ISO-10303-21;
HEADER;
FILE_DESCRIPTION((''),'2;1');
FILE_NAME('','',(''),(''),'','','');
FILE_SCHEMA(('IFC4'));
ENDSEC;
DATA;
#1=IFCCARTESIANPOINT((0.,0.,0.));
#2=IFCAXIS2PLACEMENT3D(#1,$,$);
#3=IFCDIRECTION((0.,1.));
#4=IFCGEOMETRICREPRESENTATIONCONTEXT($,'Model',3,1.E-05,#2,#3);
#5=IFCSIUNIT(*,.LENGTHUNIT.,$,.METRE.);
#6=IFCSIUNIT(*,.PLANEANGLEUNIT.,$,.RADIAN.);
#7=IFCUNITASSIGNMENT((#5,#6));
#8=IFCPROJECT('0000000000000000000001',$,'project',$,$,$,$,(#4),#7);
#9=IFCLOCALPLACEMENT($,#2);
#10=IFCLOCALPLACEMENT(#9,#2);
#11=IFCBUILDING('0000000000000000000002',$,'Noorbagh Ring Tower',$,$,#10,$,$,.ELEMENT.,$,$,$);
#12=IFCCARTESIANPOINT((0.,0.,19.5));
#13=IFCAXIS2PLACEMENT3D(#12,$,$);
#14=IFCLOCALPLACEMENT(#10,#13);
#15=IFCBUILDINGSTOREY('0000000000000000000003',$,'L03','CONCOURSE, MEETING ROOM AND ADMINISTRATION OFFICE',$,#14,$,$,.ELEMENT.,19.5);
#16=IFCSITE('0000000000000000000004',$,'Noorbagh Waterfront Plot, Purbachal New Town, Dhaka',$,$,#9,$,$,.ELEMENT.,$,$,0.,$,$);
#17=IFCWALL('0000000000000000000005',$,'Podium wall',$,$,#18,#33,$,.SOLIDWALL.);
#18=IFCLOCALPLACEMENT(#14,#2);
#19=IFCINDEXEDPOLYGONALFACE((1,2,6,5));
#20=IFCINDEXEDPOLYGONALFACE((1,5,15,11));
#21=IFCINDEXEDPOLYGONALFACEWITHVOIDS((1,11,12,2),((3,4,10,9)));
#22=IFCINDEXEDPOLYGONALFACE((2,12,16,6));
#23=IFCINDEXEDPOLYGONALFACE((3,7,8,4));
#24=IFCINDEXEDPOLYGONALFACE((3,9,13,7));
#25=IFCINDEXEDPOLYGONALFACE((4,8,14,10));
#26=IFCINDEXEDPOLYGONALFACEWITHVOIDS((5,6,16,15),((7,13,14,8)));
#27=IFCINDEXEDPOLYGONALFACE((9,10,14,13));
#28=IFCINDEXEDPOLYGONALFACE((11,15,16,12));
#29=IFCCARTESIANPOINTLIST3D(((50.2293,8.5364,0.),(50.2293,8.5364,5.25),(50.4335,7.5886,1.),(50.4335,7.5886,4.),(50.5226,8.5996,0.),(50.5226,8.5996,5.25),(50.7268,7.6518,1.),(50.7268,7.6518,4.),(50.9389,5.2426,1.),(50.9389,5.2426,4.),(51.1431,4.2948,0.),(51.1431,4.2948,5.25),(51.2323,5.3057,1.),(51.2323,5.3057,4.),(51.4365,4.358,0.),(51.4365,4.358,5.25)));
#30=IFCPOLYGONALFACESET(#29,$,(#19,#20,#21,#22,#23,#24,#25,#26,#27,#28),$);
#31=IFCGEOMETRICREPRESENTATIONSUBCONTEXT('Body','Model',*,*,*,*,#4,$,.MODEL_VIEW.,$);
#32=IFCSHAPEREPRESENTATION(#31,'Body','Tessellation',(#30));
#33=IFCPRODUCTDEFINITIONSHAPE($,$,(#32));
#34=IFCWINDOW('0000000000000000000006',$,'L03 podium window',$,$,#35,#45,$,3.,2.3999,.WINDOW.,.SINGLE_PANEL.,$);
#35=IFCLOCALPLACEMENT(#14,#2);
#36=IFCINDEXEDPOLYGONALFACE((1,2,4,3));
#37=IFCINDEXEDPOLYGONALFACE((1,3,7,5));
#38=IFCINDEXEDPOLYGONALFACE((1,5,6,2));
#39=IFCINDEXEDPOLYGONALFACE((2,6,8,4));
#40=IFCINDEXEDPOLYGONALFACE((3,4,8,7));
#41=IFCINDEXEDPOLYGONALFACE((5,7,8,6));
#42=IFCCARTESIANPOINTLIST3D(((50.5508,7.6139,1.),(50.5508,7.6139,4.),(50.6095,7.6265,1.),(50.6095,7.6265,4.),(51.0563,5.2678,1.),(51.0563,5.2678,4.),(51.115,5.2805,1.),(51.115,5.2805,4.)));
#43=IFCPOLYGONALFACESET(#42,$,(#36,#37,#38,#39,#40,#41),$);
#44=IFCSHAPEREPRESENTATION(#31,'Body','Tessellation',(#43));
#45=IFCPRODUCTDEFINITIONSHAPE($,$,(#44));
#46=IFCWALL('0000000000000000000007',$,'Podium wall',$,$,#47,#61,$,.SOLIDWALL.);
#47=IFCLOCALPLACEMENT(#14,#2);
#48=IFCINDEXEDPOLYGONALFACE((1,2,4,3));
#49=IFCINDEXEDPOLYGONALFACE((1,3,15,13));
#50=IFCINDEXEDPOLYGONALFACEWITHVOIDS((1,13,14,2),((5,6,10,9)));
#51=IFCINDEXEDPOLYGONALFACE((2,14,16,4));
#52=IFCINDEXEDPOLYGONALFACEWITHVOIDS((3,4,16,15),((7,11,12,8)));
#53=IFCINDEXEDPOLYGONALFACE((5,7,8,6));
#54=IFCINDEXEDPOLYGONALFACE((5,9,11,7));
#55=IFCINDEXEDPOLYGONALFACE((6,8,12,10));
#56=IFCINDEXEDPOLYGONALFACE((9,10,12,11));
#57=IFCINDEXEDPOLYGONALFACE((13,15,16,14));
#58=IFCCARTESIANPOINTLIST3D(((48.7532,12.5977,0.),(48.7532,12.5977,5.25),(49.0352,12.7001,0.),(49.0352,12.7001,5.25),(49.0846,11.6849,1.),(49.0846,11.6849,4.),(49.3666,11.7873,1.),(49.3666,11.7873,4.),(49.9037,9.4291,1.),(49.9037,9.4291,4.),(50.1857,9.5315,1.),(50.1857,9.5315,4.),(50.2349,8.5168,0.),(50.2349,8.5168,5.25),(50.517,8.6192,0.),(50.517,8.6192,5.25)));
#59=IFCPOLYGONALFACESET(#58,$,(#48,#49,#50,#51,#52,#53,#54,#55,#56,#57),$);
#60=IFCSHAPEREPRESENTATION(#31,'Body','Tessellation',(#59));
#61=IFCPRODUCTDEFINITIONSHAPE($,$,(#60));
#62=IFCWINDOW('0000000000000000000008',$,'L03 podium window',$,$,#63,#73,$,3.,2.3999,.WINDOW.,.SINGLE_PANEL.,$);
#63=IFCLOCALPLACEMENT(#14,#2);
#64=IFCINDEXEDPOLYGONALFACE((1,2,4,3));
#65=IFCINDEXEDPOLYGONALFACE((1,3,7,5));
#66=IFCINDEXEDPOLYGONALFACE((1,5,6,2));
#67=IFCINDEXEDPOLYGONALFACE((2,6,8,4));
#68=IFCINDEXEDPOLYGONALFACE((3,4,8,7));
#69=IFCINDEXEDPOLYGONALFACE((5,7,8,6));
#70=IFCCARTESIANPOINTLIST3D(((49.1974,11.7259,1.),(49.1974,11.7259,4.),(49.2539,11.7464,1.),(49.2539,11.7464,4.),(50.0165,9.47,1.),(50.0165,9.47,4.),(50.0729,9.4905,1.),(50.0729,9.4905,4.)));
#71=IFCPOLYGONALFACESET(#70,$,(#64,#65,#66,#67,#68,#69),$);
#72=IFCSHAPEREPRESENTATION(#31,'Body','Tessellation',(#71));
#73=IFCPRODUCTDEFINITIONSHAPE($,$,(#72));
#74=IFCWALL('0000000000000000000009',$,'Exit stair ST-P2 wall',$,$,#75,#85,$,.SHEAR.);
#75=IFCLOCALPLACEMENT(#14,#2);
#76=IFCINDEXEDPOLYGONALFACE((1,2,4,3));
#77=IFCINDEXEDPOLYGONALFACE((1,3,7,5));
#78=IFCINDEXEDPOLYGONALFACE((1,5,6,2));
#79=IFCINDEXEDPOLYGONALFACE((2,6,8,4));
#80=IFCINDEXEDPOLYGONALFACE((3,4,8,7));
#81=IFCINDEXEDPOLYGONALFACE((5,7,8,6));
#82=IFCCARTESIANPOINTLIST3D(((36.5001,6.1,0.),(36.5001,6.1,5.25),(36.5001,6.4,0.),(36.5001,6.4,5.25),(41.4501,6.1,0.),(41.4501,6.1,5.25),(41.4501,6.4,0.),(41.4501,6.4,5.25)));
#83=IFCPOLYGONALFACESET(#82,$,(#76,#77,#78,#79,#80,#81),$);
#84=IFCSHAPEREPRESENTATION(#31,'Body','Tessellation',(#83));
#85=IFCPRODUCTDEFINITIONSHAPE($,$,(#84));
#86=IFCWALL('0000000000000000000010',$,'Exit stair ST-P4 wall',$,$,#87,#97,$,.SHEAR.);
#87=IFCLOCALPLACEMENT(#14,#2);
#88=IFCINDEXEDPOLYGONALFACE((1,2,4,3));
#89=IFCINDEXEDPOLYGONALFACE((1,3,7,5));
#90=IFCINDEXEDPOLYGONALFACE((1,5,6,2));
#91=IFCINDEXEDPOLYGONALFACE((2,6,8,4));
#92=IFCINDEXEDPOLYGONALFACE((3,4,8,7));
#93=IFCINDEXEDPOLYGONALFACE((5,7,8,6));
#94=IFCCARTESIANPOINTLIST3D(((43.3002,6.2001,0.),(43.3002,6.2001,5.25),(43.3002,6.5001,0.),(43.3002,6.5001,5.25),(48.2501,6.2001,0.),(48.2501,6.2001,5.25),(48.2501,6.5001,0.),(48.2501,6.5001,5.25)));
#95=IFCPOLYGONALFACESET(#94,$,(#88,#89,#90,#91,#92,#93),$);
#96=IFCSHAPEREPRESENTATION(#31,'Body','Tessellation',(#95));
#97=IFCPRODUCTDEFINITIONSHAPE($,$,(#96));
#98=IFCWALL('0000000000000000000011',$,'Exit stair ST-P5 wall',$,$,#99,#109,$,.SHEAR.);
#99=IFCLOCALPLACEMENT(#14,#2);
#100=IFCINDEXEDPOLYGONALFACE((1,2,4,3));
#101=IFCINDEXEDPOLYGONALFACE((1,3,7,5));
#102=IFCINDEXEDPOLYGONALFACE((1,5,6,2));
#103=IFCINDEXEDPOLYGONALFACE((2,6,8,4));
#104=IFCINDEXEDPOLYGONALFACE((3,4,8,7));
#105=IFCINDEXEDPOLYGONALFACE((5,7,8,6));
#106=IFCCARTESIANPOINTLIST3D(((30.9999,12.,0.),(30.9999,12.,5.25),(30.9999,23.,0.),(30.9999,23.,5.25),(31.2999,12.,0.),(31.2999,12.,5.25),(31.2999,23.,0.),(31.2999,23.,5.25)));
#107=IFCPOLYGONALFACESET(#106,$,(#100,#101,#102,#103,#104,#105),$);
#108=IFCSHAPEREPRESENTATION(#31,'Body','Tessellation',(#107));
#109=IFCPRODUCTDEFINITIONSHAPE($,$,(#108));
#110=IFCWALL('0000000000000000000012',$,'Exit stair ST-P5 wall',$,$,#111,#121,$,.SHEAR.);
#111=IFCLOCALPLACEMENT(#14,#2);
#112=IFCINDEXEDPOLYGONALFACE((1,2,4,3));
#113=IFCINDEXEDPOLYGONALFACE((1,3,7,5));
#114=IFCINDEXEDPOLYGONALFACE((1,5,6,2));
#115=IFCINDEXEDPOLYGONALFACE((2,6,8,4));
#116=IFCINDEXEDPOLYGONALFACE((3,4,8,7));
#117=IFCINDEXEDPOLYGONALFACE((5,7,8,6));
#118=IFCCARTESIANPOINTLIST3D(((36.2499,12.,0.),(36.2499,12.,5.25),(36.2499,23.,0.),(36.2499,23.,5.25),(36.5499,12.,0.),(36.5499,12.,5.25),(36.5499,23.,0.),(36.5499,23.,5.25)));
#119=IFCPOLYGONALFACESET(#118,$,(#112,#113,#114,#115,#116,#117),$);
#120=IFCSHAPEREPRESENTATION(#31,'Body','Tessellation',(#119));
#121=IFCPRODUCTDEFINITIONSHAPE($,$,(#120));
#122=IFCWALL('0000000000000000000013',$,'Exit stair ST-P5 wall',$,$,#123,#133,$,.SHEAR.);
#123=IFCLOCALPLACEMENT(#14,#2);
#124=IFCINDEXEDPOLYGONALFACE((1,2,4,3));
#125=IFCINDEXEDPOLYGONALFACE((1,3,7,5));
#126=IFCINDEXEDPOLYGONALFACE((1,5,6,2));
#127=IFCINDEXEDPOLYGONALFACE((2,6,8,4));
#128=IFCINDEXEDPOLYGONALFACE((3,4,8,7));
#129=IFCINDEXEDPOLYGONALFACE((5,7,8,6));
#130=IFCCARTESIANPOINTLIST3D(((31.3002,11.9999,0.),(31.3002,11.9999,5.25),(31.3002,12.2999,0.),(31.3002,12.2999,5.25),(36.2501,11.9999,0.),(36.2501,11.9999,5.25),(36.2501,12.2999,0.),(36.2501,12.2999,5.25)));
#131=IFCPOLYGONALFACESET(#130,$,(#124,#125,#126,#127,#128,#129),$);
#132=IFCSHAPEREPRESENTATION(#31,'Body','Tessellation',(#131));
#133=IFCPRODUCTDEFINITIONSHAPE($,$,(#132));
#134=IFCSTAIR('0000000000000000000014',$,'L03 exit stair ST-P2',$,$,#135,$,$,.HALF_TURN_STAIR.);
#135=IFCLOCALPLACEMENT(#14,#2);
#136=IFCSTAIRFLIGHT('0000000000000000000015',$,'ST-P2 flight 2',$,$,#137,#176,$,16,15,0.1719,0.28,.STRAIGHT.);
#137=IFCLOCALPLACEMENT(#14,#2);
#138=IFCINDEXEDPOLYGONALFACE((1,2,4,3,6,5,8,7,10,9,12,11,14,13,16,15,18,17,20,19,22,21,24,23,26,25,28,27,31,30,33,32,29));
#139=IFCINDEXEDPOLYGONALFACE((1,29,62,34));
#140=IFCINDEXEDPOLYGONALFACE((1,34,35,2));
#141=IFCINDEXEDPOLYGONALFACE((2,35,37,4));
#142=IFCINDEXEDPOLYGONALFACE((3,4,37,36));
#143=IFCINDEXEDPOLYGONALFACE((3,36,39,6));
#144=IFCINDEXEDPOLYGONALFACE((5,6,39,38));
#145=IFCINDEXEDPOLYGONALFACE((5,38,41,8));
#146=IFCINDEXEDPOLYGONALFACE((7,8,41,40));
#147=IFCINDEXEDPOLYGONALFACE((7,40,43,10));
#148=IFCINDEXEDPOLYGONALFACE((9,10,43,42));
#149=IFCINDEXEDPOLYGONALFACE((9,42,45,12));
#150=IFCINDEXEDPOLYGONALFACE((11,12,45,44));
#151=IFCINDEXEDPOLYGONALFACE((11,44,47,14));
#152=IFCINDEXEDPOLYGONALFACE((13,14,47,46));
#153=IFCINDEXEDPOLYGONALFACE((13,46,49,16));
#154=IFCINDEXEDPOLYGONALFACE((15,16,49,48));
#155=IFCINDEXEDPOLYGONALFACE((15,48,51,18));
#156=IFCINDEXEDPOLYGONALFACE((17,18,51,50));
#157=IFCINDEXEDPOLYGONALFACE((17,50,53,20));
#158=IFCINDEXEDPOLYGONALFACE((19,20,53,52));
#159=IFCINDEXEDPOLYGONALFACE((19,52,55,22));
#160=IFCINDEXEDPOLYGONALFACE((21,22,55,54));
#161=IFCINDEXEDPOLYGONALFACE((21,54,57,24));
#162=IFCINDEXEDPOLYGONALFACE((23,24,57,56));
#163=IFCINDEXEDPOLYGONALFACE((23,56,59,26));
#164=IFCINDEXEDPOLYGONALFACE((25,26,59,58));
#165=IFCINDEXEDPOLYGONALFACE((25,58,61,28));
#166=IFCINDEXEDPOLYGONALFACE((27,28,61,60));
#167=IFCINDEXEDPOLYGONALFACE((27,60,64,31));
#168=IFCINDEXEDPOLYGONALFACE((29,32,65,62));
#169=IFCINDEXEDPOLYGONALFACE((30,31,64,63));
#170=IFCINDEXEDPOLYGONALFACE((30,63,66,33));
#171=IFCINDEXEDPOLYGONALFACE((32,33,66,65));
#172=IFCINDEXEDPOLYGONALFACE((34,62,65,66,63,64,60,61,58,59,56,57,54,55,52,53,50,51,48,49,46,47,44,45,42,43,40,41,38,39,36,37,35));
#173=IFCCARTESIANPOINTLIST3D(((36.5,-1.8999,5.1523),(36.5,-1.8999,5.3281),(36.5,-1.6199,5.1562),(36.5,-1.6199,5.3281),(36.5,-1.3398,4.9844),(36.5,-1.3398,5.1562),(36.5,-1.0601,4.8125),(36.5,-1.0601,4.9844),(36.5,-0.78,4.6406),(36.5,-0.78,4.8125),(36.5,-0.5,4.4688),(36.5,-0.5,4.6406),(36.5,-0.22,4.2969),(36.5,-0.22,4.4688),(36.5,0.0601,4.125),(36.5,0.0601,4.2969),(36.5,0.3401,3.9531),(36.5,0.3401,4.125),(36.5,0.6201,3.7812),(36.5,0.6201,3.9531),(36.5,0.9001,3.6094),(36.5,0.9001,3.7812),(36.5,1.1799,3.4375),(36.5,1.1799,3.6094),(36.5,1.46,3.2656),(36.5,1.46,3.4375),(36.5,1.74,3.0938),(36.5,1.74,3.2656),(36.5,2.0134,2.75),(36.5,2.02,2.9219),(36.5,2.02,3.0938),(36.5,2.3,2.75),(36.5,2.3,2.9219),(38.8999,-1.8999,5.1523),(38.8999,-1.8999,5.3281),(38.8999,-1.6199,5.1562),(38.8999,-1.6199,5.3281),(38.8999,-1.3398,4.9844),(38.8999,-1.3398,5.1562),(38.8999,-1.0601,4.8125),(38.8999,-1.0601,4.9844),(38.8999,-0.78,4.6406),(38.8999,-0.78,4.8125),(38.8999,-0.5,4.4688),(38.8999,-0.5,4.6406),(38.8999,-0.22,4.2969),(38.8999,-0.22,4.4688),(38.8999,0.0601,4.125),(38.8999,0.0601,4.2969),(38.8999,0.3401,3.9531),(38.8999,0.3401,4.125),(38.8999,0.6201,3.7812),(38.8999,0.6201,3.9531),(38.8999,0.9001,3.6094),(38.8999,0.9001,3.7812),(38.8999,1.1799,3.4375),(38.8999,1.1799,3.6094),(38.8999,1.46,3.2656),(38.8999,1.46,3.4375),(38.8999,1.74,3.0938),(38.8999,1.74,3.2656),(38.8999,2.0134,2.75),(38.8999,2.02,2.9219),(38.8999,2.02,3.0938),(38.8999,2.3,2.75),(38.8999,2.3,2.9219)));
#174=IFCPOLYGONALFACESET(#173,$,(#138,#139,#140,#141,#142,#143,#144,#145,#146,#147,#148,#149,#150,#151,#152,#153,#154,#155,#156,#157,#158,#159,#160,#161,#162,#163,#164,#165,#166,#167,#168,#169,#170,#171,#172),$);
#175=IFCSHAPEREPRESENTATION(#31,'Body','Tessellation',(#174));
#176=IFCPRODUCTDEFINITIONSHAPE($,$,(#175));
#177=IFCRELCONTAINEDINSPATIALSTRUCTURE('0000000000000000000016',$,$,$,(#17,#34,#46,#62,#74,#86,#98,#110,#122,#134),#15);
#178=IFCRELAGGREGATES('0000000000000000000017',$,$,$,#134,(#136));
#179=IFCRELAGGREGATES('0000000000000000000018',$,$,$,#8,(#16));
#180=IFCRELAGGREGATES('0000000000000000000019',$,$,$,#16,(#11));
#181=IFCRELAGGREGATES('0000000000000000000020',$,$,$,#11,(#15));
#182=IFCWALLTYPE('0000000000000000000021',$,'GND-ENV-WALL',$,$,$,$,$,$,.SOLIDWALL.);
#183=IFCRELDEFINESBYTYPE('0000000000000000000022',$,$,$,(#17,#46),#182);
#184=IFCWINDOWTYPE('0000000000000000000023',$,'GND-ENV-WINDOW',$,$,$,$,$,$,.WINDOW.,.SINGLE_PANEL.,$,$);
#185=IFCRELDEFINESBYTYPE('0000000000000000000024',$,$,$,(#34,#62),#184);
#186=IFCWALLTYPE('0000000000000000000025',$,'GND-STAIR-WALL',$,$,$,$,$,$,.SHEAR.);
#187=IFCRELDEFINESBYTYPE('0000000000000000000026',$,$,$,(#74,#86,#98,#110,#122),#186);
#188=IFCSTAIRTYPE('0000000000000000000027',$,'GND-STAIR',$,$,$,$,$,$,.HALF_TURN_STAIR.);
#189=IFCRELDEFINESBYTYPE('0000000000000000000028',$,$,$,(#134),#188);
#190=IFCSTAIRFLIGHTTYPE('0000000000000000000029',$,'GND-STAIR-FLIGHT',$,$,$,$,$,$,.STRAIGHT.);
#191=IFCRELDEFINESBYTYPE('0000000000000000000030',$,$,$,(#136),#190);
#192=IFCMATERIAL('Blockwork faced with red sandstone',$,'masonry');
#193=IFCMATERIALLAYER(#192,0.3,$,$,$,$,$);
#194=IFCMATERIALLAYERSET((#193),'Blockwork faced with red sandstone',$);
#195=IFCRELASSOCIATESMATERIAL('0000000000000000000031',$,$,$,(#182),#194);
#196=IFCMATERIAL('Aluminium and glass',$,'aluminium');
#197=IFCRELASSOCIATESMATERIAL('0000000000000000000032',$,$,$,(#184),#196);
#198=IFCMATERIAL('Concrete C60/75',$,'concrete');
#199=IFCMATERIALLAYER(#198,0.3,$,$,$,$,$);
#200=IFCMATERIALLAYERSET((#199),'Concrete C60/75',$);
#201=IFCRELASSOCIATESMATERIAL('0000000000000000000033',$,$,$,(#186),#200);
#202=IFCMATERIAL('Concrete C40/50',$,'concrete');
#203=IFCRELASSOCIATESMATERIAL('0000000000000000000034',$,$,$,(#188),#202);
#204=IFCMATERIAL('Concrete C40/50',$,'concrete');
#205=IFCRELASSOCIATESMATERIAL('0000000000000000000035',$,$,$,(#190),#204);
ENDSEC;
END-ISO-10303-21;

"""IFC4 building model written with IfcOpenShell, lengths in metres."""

from ifc_helpers import new_model, si_unit, direction, frame, frame_2d, origin, place, context, subcontext, project, spatial, polyline, rectangle, outline, extrude, material, layer, layer_set, type_object, element, fill, aggregate, save


model = new_model("IFC4")

# Units and contexts
model_context = context("Model", 3, precision=1e-05, world=origin(), true_north=direction((0.0, 1.0)))
body_context = subcontext(model_context, "Body", "Model", "MODEL_VIEW")
ifc_project = project(units=[si_unit("LENGTHUNIT", "METRE"), si_unit("PLANEANGLEUNIT", "RADIAN")], contexts=[model_context])

# Site, building, storey
site_placement = place(None, origin())
site = spatial("IfcSite", under=ifc_project, at=site_placement, Name="Noorbagh Waterfront Plot, Purbachal New Town, Dhaka", CompositionType="ELEMENT", RefElevation=0.0)
building_placement = place(site_placement, origin())
building = spatial("IfcBuilding", under=site, at=building_placement, Name="Noorbagh Ring Tower", CompositionType="ELEMENT")
storey_placement = place(building_placement, frame((0.0, 0.0, 19.5)))
storey = spatial("IfcBuildingStorey", under=building, at=storey_placement, Name="L03", Description="CONCOURSE, MEETING ROOM AND ADMINISTRATION OFFICE", CompositionType="ELEMENT", Elevation=19.5)

# Walls, openings, windows
ifc_material_1 = material(Name="Blockwork faced with red sandstone", Category="masonry")
ifc_layer_1 = layer(ifc_material_1, 0.3)
ifc_layer_set_1 = layer_set([ifc_layer_1], Name="Blockwork faced with red sandstone")
wall_type_1 = type_object("IfcWallType", Name="GND-ENV-WALL", PredefinedType="SOLIDWALL", material=ifc_layer_set_1)
ifc_material_2 = material(Name="Aluminium and glass", Category="aluminium")
window_type = type_object("IfcWindowType", Name="GND-ENV-WINDOW", PartitioningType="SINGLE_PANEL", PredefinedType="WINDOW", material=ifc_material_2)
wall_1_placement = place(storey_placement, frame((51.2898, 4.3264, 0.0), z_axis=(0.0, 0.0, 1.0), x_axis=(-0.210616, 0.977569, 0.0)))
wall_1 = element("IfcWall", 1, at=wall_1_placement, inside=storey, type_object=wall_type_1, Name="Podium wall", PredefinedType="SOLIDWALL", context=body_context, shape_type="SweptSolid", body=[
    extrude(rectangle(XDim=4.3389, YDim=0.3, at=frame_2d((2.1694, 0.0))), origin(), (0.0, 0.0, 1.0), 5.25),
])
opening_1_placement = place(wall_1_placement, frame((0.9695, 0.0, 1.0)))
opening_1 = element("IfcOpeningElement", 2, at=opening_1_placement, cuts=wall_1, PredefinedType="OPENING", context=body_context, shape_type="SweptSolid", body=[
    extrude(rectangle(XDim=2.3999, YDim=3.0, at=frame_2d((1.2, 1.5))), frame((0.0, 0.1602, 0.0), z_axis=(0.0, -1.0, 0.0), x_axis=(1.0, 0.0, 0.0)), (0.0, 0.0, 1.0), 0.3201),
])
window_1_placement = place(opening_1_placement, origin())
window_1 = element("IfcWindow", 3, at=window_1_placement, inside=storey, type_object=window_type, Name="L03 podium window", OverallHeight=3.0, OverallWidth=2.3999, PartitioningType="SINGLE_PANEL", PredefinedType="WINDOW", context=body_context, shape_type="SweptSolid", body=[
    extrude(rectangle(XDim=2.3999, YDim=3.0, at=frame_2d((1.2, 1.5))), frame((0.0, 0.03, 0.0), z_axis=(0.0, -1.0, 0.0), x_axis=(1.0, 0.0, 0.0)), (0.0, 0.0, 1.0), 0.0601),
])
fill(opening_1, window_1)
wall_2_placement = place(storey_placement, frame((50.376, 8.5679, 0.0), z_axis=(0.0, 0.0, 1.0), x_axis=(-0.341287, 0.939959, 0.0)))
wall_2 = element("IfcWall", 4, at=wall_2_placement, inside=storey, type_object=wall_type_1, Name="Podium wall", PredefinedType="SOLIDWALL", context=body_context, shape_type="SweptSolid", body=[
    extrude(rectangle(XDim=4.3416, YDim=0.3, at=frame_2d((2.1709, 0.0))), origin(), (0.0, 0.0, 1.0), 5.25),
])
opening_2_placement = place(wall_2_placement, frame((0.9707, 0.0, 1.0)))
opening_2 = element("IfcOpeningElement", 5, at=opening_2_placement, cuts=wall_2, PredefinedType="OPENING", context=body_context, shape_type="SweptSolid", body=[
    extrude(rectangle(XDim=2.3999, YDim=3.0, at=frame_2d((1.2, 1.5))), frame((0.0, 0.1602, 0.0), z_axis=(0.0, -1.0, 0.0), x_axis=(1.0, 0.0, 0.0)), (0.0, 0.0, 1.0), 0.3201),
])
window_2_placement = place(opening_2_placement, origin())
window_2 = element("IfcWindow", 6, at=window_2_placement, inside=storey, type_object=window_type, Name="L03 podium window", OverallHeight=3.0, OverallWidth=2.3999, PartitioningType="SINGLE_PANEL", PredefinedType="WINDOW", context=body_context, shape_type="SweptSolid", body=[
    extrude(rectangle(XDim=2.3999, YDim=3.0, at=frame_2d((1.2, 1.5))), frame((0.0, 0.03, 0.0), z_axis=(0.0, -1.0, 0.0), x_axis=(1.0, 0.0, 0.0)), (0.0, 0.0, 1.0), 0.0601),
])
fill(opening_2, window_2)

# Walls
ifc_material_3 = material(Name="Concrete C60/75", Category="concrete")
ifc_layer_2 = layer(ifc_material_3, 0.3)
ifc_layer_set_2 = layer_set([ifc_layer_2], Name="Concrete C60/75")
wall_type_2 = type_object("IfcWallType", Name="GND-STAIR-WALL", PredefinedType="SHEAR", material=ifc_layer_set_2)
for number, where, z_axis, x_axis, name in (
    (7, (36.5, 6.25, 0.0), (0.0, 0.0, 1.0), (1.0, 0.0, 0.0), "Exit stair ST-P2 wall"),
    (8, (43.3, 6.3501, 0.0), (0.0, 0.0, 1.0), (1.0, 0.0, 0.0), "Exit stair ST-P4 wall"),
):
    element("IfcWall", number, at=place(storey_placement, frame(where, z_axis=z_axis, x_axis=x_axis)), inside=storey, type_object=wall_type_2, Name=name, PredefinedType="SHEAR", context=body_context, shape_type="SweptSolid", body=[
        extrude(rectangle(XDim=4.95, YDim=0.3, at=frame_2d((2.4751, 0.0))), origin(), (0.0, 0.0, 1.0), 5.25),
    ])
for number, where, z_axis, x_axis, name in (
    (9, (31.1499, 12.0, 0.0), (0.0, 0.0, 1.0), (0.0, 1.0, 0.0), "Exit stair ST-P5 wall"),
    (10, (36.3999, 12.0, 0.0), (0.0, 0.0, 1.0), (0.0, 1.0, 0.0), "Exit stair ST-P5 wall"),
):
    element("IfcWall", number, at=place(storey_placement, frame(where, z_axis=z_axis, x_axis=x_axis)), inside=storey, type_object=wall_type_2, Name=name, PredefinedType="SHEAR", context=body_context, shape_type="SweptSolid", body=[
        extrude(rectangle(XDim=11.0, YDim=0.3, at=frame_2d((5.5, 0.0))), origin(), (0.0, 0.0, 1.0), 5.25),
    ])
wall_3_placement = place(storey_placement, frame((31.3, 12.1499, 0.0), z_axis=(0.0, 0.0, 1.0), x_axis=(1.0, 0.0, 0.0)))
element("IfcWall", 11, at=wall_3_placement, inside=storey, type_object=wall_type_2, Name="Exit stair ST-P5 wall", PredefinedType="SHEAR", context=body_context, shape_type="SweptSolid", body=[
    extrude(rectangle(XDim=4.95, YDim=0.3, at=frame_2d((2.4751, 0.0))), origin(), (0.0, 0.0, 1.0), 5.25),
])

# Stair, stair flight
ifc_material_4 = material(Name="Concrete C40/50", Category="concrete")
stair_type = type_object("IfcStairType", Name="GND-STAIR", PredefinedType="HALF_TURN_STAIR", material=ifc_material_4)
stair_1_placement = place(storey_placement, origin())
stair_1 = element("IfcStair", 12, at=stair_1_placement, inside=storey, type_object=stair_type, Name="L03 exit stair ST-P2", PredefinedType="HALF_TURN_STAIR")
ifc_material_5 = material(Name="Concrete C40/50", Category="concrete")
stair_flight_type = type_object("IfcStairFlightType", Name="GND-STAIR-FLIGHT", PredefinedType="STRAIGHT", material=ifc_material_5)
stair_flight_1_placement = place(storey_placement, frame((37.7, 2.3, 2.75), z_axis=(0.0, 0.0, 1.0), x_axis=(0.0, -1.0, 0.0)))
stair_flight_1 = element("IfcStairFlight", 13, at=stair_flight_1_placement, type_object=stair_flight_type, Name="ST-P2 flight 2", NumberOfRisers=16, NumberOfTreads=15, PredefinedType="STRAIGHT", RiserHeight=0.1719, TreadLength=0.28, context=body_context, shape_type="SweptSolid", body=[
    extrude(outline(polyline([(0.0, 0.0), (0.0, 0.1719), (0.28, 0.1719), (0.28, 0.3438), (0.5601, 0.3438), (0.5601, 0.5156), (0.8401, 0.5156), (0.8401, 0.6875), (1.1201, 0.6875), (1.1201, 0.8594), (1.3999, 0.8594), (1.3999, 1.0312), (1.6799, 1.0312), (1.6799, 1.2031), (1.96, 1.2031), (1.96, 1.375), (2.24, 1.375), (2.24, 1.5469), (2.52, 1.5469), (2.52, 1.7188), (2.8, 1.7188), (2.8, 1.8906), (3.0801, 1.8906), (3.0801, 2.0625), (3.3601, 2.0625), (3.3601, 2.2344), (3.6399, 2.2344), (3.6399, 2.4062), (3.9199, 2.4062), (3.9199, 2.5781), (4.2, 2.5781), (4.2, 2.75), (4.2, 2.4023), (0.2866, 0.0), (0.0, 0.0)])), frame((0.0, 1.2, 0.0), z_axis=(0.0, -1.0, 0.0), x_axis=(1.0, 0.0, 0.0)), (0.0, 0.0, 1.0), 2.3999),
])
aggregate(stair_1, [stair_flight_1])

save(model, "model.ifc")
